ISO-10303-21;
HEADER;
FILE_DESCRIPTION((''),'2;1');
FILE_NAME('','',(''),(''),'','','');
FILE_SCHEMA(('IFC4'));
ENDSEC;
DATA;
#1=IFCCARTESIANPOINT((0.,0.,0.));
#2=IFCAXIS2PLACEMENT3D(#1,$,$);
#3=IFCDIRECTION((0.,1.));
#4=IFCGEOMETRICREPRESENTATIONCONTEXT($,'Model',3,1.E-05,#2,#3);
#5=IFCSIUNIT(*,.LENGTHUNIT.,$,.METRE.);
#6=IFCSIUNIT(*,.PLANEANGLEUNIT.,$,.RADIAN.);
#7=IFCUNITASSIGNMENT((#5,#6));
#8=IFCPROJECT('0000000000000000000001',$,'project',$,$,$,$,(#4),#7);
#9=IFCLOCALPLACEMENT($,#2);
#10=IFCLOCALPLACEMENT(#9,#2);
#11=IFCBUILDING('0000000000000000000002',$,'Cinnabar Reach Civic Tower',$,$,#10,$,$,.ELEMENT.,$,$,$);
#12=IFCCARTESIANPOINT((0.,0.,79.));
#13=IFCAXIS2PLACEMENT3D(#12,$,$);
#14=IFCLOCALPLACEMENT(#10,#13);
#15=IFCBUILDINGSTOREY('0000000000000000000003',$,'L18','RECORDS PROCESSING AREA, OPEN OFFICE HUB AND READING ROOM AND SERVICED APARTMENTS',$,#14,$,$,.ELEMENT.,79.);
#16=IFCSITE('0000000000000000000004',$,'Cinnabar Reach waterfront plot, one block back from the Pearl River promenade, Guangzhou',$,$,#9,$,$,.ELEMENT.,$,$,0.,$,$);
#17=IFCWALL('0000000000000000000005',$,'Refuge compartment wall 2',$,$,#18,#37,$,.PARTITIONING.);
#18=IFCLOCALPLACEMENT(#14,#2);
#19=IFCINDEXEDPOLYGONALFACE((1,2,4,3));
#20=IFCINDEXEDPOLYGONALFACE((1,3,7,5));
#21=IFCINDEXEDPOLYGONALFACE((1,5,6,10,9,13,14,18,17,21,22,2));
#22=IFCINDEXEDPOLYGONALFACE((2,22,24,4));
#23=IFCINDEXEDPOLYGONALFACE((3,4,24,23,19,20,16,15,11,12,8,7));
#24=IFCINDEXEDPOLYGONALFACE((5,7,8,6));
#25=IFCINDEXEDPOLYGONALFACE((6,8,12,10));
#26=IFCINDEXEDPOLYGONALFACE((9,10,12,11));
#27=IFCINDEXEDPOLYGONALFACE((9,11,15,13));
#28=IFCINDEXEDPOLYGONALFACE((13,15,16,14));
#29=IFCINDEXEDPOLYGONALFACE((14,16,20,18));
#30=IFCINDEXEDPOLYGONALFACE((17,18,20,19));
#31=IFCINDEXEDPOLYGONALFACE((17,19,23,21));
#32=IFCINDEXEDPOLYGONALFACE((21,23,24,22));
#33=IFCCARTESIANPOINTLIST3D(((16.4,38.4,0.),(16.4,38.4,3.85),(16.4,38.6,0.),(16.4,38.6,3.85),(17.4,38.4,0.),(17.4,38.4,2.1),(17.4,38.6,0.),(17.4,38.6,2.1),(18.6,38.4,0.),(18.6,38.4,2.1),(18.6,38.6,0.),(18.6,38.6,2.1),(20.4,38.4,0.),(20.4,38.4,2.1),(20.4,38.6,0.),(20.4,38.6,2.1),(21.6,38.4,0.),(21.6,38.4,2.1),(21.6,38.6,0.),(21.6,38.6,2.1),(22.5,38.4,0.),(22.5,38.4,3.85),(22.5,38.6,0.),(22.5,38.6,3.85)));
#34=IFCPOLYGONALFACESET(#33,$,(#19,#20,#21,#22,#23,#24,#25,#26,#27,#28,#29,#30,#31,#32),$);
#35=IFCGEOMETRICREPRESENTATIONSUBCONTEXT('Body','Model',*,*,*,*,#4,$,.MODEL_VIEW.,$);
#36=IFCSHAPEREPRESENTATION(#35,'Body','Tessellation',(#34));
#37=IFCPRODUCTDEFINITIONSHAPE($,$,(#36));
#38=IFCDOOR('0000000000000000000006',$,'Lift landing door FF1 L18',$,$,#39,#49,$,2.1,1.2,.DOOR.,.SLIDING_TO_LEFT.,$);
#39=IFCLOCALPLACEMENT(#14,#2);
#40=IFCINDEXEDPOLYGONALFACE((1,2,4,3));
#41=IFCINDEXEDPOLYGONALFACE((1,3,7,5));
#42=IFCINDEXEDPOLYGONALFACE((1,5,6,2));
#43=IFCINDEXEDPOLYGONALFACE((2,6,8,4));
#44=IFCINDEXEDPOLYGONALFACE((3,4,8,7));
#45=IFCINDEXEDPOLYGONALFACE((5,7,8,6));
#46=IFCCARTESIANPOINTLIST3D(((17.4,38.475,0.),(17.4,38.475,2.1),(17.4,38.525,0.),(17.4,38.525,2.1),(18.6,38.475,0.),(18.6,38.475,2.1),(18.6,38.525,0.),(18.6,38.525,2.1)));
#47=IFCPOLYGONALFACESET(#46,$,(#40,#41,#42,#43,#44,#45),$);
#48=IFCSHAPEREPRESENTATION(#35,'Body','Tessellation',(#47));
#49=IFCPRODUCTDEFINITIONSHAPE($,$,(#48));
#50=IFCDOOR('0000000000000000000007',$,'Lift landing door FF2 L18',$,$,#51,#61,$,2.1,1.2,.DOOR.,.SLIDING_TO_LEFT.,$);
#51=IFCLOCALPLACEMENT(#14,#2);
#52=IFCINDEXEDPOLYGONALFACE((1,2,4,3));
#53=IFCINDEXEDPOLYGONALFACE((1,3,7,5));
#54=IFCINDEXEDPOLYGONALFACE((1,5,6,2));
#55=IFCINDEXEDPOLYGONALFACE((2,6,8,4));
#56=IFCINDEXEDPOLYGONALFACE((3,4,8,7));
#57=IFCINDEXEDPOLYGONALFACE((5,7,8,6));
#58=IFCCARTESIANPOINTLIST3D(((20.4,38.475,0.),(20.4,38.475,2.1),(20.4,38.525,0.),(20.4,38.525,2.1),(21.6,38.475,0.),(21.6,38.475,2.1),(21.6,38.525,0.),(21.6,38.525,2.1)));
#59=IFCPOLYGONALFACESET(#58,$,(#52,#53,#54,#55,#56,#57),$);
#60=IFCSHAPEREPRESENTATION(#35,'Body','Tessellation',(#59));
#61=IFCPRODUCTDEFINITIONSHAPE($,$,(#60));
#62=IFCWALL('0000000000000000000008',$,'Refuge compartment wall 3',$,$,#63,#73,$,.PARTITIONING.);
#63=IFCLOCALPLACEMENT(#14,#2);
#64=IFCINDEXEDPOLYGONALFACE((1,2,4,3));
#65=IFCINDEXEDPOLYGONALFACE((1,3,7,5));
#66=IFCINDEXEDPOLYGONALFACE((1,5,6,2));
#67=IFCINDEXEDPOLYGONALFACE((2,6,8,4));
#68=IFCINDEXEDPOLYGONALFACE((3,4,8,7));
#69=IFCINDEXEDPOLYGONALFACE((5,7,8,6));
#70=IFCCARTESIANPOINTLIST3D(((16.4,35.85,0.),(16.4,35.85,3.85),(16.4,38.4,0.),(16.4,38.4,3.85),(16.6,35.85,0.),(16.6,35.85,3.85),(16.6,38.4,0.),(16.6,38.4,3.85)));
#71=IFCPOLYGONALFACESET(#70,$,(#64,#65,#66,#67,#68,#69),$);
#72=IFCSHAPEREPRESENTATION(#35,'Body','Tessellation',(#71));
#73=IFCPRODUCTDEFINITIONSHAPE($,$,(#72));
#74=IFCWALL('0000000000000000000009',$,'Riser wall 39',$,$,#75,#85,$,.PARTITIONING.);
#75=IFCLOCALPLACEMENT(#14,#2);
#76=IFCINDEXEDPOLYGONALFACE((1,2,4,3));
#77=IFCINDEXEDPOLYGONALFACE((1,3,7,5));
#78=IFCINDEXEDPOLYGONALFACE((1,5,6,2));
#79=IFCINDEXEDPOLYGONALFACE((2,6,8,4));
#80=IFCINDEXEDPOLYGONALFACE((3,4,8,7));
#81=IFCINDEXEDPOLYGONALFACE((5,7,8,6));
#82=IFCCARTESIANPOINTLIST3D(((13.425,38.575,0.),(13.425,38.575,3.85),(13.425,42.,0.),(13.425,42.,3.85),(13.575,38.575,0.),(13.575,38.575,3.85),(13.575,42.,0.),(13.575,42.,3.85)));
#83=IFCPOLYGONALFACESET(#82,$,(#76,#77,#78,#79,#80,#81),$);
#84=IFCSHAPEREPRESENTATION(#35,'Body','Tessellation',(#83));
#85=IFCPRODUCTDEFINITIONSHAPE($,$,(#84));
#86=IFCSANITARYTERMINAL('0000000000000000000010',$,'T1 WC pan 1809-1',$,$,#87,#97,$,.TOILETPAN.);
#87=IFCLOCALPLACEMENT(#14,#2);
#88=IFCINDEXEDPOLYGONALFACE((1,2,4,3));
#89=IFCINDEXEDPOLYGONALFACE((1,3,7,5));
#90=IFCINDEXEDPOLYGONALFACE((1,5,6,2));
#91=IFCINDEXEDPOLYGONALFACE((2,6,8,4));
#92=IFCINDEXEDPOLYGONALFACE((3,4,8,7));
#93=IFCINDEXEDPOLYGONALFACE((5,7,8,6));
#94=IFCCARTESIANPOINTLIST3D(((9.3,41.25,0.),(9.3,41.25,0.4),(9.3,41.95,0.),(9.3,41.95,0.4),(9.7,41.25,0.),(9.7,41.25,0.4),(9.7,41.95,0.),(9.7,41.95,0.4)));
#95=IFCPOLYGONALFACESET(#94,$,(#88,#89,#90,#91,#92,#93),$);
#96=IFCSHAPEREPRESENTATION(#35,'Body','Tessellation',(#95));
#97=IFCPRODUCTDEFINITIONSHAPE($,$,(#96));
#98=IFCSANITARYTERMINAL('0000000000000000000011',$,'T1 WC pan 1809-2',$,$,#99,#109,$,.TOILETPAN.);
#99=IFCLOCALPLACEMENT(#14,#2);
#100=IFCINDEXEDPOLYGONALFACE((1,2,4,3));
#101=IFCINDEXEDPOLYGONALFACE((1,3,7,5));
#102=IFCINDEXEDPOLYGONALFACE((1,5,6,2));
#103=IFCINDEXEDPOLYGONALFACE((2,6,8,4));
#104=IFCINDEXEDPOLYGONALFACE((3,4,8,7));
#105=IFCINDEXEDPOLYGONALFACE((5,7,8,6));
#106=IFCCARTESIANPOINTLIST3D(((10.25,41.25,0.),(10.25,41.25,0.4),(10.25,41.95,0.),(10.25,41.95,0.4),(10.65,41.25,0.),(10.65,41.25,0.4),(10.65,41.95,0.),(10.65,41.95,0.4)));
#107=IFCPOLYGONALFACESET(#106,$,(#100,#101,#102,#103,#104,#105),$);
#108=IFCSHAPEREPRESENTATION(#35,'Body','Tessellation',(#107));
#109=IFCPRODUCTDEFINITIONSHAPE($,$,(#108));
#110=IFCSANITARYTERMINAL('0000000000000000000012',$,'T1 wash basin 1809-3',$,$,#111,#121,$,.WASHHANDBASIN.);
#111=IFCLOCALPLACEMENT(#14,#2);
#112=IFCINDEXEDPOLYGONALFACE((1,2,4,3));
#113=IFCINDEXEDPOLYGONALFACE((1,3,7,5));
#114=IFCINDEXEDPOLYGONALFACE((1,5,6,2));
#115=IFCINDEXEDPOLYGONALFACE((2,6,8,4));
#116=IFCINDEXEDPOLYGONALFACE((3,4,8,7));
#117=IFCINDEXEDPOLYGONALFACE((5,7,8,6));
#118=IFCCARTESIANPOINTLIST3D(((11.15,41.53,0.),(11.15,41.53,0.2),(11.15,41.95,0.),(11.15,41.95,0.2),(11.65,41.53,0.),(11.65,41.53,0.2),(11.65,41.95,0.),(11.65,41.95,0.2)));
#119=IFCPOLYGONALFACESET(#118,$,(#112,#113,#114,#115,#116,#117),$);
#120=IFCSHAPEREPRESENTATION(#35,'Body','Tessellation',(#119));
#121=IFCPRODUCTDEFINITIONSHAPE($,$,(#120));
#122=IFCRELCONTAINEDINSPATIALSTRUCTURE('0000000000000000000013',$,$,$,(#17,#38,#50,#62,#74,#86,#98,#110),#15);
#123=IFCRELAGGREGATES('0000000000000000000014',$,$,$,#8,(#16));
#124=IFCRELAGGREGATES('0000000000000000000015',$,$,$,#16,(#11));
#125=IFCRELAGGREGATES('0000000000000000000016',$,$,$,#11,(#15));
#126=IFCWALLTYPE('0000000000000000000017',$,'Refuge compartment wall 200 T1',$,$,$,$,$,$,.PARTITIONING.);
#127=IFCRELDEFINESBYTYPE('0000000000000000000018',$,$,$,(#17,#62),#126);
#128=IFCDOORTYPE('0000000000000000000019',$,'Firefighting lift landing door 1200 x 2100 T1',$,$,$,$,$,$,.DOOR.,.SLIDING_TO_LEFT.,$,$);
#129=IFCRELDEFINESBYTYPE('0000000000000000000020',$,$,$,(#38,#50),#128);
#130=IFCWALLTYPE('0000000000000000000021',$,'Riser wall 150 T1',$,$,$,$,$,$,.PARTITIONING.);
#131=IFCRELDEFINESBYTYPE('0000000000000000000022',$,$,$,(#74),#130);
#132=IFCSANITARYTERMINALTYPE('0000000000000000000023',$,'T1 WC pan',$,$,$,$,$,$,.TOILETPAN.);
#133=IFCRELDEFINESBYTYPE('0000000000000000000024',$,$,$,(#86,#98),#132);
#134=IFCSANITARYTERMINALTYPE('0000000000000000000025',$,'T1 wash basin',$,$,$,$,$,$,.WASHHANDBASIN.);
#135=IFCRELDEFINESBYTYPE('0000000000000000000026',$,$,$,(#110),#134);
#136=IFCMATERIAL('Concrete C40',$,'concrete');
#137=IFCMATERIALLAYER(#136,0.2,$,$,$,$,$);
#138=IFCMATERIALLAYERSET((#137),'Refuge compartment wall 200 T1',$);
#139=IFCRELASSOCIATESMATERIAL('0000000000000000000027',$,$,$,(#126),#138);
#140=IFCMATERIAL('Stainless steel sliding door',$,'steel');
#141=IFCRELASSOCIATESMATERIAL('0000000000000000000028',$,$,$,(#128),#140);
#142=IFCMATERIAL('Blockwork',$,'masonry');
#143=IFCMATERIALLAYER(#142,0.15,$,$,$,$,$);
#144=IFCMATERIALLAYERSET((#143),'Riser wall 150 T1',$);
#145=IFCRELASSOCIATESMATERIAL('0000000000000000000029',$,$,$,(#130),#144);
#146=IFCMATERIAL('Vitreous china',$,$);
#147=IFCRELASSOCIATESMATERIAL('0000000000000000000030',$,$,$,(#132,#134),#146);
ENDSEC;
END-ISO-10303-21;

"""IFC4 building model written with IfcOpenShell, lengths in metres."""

from ifc_helpers import new_model, si_unit, direction, frame, frame_2d, origin, origin_2d, place, context, subcontext, project, spatial, rectangle, extrude, material, layer, layer_set, type_object, element, fill, save


model = new_model("IFC4")

# Units and contexts
model_context = context("Model", 3, precision=1e-05, world=origin(), true_north=direction((0.0, 1.0)))
body_context = subcontext(model_context, "Body", "Model", "MODEL_VIEW")
ifc_project = project(units=[si_unit("LENGTHUNIT", "METRE"), si_unit("PLANEANGLEUNIT", "RADIAN")], contexts=[model_context])

# Site, building, storey
site_placement = place(None, origin())
site = spatial("IfcSite", under=ifc_project, at=site_placement, Name="Cinnabar Reach waterfront plot, one block back from the Pearl River promenade, Guangzhou", CompositionType="ELEMENT", RefElevation=0.0)
building_placement = place(site_placement, origin())
building = spatial("IfcBuilding", under=site, at=building_placement, Name="Cinnabar Reach Civic Tower", CompositionType="ELEMENT")
storey_placement = place(building_placement, frame((0.0, 0.0, 79.0)))
storey = spatial("IfcBuildingStorey", under=building, at=storey_placement, Name="L18", Description="RECORDS PROCESSING AREA, OPEN OFFICE HUB AND READING ROOM AND SERVICED APARTMENTS", CompositionType="ELEMENT", Elevation=79.0)

# Shared definitions
ifc_material_1 = material(Name="Blockwork", Category="masonry")
ifc_material_2 = material(Name="Concrete C40", Category="concrete")
ifc_layer_1 = layer(ifc_material_2, 0.2)
ifc_layer_set_1 = layer_set([ifc_layer_1], Name="Refuge compartment wall 200 T1")
wall_type_1 = type_object("IfcWallType", Name="Refuge compartment wall 200 T1", PredefinedType="PARTITIONING", material=ifc_layer_set_1)

# Wall, openings, doors
wall_1_placement = place(storey_placement, frame((16.4, 38.5, 0.0), z_axis=(0.0, 0.0, 1.0), x_axis=(1.0, 0.0, 0.0)))
wall_1 = element("IfcWall", 1, at=wall_1_placement, inside=storey, type_object=wall_type_1, Name="Refuge compartment wall 2", PredefinedType="PARTITIONING", context=body_context, shape_type="SweptSolid", body=[
    extrude(rectangle(XDim=6.1, YDim=0.2, at=frame_2d((3.05, 0.0))), origin(), (0.0, 0.0, 1.0), 3.85),
])
opening_1_placement = place(wall_1_placement, frame((1.0, 0.0, 0.0)))
opening_1 = element("IfcOpeningElement", 2, at=opening_1_placement, cuts=wall_1, PredefinedType="OPENING", context=body_context, shape_type="SweptSolid", body=[
    extrude(rectangle(XDim=1.2, YDim=2.1, at=frame_2d((0.6, 1.05))), frame((0.0, 0.11, 0.0), z_axis=(0.0, -1.0, 0.0), x_axis=(1.0, 0.0, 0.0)), (0.0, 0.0, 1.0), 0.22),
])
opening_2_placement = place(wall_1_placement, frame((4.0, 0.0, 0.0)))
opening_2 = element("IfcOpeningElement", 3, at=opening_2_placement, cuts=wall_1, PredefinedType="OPENING", context=body_context, shape_type="SweptSolid", body=[
    extrude(rectangle(XDim=1.2, YDim=2.1, at=frame_2d((0.6, 1.05))), frame((0.0, 0.11, 0.0), z_axis=(0.0, -1.0, 0.0), x_axis=(1.0, 0.0, 0.0)), (0.0, 0.0, 1.0), 0.22),
])
ifc_material_3 = material(Name="Stainless steel sliding door", Category="steel")
door_type = type_object("IfcDoorType", Name="Firefighting lift landing door 1200 x 2100 T1", OperationType="SLIDING_TO_LEFT", PredefinedType="DOOR", material=ifc_material_3)
door_1_placement = place(opening_1_placement, origin())
door_1 = element("IfcDoor", 4, at=door_1_placement, inside=storey, type_object=door_type, Name="Lift landing door FF1 L18", OperationType="SLIDING_TO_LEFT", OverallHeight=2.1, OverallWidth=1.2, PredefinedType="DOOR", context=body_context, shape_type="SweptSolid", body=[
    extrude(rectangle(XDim=1.2, YDim=2.1, at=frame_2d((0.6, 1.05))), frame((0.0, 0.025, 0.0), z_axis=(0.0, -1.0, 0.0), x_axis=(1.0, 0.0, 0.0)), (0.0, 0.0, 1.0), 0.05),
])
fill(opening_1, door_1)
door_2_placement = place(opening_2_placement, origin())
door_2 = element("IfcDoor", 5, at=door_2_placement, inside=storey, type_object=door_type, Name="Lift landing door FF2 L18", OperationType="SLIDING_TO_LEFT", OverallHeight=2.1, OverallWidth=1.2, PredefinedType="DOOR", context=body_context, shape_type="SweptSolid", body=[
    extrude(rectangle(XDim=1.2, YDim=2.1, at=frame_2d((0.6, 1.05))), frame((0.0, 0.025, 0.0), z_axis=(0.0, -1.0, 0.0), x_axis=(1.0, 0.0, 0.0)), (0.0, 0.0, 1.0), 0.05),
])
fill(opening_2, door_2)

# Walls
wall_2_placement = place(storey_placement, frame((16.5, 35.85, 0.0), z_axis=(0.0, 0.0, 1.0), x_axis=(0.0, 1.0, 0.0)))
element("IfcWall", 6, at=wall_2_placement, inside=storey, type_object=wall_type_1, Name="Refuge compartment wall 3", PredefinedType="PARTITIONING", context=body_context, shape_type="SweptSolid", body=[
    extrude(rectangle(XDim=2.55, YDim=0.2, at=frame_2d((1.275, 0.0))), origin(), (0.0, 0.0, 1.0), 3.85),
])
ifc_layer_2 = layer(ifc_material_1, 0.15)
ifc_layer_set_2 = layer_set([ifc_layer_2], Name="Riser wall 150 T1")
wall_type_2 = type_object("IfcWallType", Name="Riser wall 150 T1", PredefinedType="PARTITIONING", material=ifc_layer_set_2)
wall_3_placement = place(storey_placement, frame((13.5, 38.575, 0.0), z_axis=(0.0, 0.0, 1.0), x_axis=(0.0, 1.0, 0.0)))
element("IfcWall", 7, at=wall_3_placement, inside=storey, type_object=wall_type_2, Name="Riser wall 39", PredefinedType="PARTITIONING", context=body_context, shape_type="SweptSolid", body=[
    extrude(rectangle(XDim=3.425, YDim=0.15, at=frame_2d((1.7125, 0.0))), origin(), (0.0, 0.0, 1.0), 3.85),
])

# Sanitary terminals
ifc_material_4 = material(Name="Vitreous china")
sanitary_terminal_type_1 = type_object("IfcSanitaryTerminalType", Name="T1 WC pan", PredefinedType="TOILETPAN", material=ifc_material_4)
for number, where, z_axis, x_axis, name in (
    (8, (9.5, 41.6, 0.0), (0.0, 0.0, 1.0), (1.0, 0.0, 0.0), "T1 WC pan 1809-1"),
    (9, (10.45, 41.6, 0.0), (0.0, 0.0, 1.0), (1.0, 0.0, 0.0), "T1 WC pan 1809-2"),
):
    element("IfcSanitaryTerminal", number, at=place(storey_placement, frame(where, z_axis=z_axis, x_axis=x_axis)), inside=storey, type_object=sanitary_terminal_type_1, Name=name, PredefinedType="TOILETPAN", context=body_context, shape_type="SweptSolid", body=[
        extrude(rectangle(XDim=0.4, YDim=0.7, at=origin_2d()), origin(), (0.0, 0.0, 1.0), 0.4),
    ])
sanitary_terminal_type_2 = type_object("IfcSanitaryTerminalType", Name="T1 wash basin", PredefinedType="WASHHANDBASIN", material=ifc_material_4)
sanitary_terminal_placement = place(storey_placement, frame((11.4, 41.74, 0.0), z_axis=(0.0, 0.0, 1.0), x_axis=(1.0, 0.0, 0.0)))
element("IfcSanitaryTerminal", 10, at=sanitary_terminal_placement, inside=storey, type_object=sanitary_terminal_type_2, Name="T1 wash basin 1809-3", PredefinedType="WASHHANDBASIN", context=body_context, shape_type="SweptSolid", body=[
    extrude(rectangle(XDim=0.5, YDim=0.42, at=origin_2d()), origin(), (0.0, 0.0, 1.0), 0.2),
])

save(model, "model.ifc")
